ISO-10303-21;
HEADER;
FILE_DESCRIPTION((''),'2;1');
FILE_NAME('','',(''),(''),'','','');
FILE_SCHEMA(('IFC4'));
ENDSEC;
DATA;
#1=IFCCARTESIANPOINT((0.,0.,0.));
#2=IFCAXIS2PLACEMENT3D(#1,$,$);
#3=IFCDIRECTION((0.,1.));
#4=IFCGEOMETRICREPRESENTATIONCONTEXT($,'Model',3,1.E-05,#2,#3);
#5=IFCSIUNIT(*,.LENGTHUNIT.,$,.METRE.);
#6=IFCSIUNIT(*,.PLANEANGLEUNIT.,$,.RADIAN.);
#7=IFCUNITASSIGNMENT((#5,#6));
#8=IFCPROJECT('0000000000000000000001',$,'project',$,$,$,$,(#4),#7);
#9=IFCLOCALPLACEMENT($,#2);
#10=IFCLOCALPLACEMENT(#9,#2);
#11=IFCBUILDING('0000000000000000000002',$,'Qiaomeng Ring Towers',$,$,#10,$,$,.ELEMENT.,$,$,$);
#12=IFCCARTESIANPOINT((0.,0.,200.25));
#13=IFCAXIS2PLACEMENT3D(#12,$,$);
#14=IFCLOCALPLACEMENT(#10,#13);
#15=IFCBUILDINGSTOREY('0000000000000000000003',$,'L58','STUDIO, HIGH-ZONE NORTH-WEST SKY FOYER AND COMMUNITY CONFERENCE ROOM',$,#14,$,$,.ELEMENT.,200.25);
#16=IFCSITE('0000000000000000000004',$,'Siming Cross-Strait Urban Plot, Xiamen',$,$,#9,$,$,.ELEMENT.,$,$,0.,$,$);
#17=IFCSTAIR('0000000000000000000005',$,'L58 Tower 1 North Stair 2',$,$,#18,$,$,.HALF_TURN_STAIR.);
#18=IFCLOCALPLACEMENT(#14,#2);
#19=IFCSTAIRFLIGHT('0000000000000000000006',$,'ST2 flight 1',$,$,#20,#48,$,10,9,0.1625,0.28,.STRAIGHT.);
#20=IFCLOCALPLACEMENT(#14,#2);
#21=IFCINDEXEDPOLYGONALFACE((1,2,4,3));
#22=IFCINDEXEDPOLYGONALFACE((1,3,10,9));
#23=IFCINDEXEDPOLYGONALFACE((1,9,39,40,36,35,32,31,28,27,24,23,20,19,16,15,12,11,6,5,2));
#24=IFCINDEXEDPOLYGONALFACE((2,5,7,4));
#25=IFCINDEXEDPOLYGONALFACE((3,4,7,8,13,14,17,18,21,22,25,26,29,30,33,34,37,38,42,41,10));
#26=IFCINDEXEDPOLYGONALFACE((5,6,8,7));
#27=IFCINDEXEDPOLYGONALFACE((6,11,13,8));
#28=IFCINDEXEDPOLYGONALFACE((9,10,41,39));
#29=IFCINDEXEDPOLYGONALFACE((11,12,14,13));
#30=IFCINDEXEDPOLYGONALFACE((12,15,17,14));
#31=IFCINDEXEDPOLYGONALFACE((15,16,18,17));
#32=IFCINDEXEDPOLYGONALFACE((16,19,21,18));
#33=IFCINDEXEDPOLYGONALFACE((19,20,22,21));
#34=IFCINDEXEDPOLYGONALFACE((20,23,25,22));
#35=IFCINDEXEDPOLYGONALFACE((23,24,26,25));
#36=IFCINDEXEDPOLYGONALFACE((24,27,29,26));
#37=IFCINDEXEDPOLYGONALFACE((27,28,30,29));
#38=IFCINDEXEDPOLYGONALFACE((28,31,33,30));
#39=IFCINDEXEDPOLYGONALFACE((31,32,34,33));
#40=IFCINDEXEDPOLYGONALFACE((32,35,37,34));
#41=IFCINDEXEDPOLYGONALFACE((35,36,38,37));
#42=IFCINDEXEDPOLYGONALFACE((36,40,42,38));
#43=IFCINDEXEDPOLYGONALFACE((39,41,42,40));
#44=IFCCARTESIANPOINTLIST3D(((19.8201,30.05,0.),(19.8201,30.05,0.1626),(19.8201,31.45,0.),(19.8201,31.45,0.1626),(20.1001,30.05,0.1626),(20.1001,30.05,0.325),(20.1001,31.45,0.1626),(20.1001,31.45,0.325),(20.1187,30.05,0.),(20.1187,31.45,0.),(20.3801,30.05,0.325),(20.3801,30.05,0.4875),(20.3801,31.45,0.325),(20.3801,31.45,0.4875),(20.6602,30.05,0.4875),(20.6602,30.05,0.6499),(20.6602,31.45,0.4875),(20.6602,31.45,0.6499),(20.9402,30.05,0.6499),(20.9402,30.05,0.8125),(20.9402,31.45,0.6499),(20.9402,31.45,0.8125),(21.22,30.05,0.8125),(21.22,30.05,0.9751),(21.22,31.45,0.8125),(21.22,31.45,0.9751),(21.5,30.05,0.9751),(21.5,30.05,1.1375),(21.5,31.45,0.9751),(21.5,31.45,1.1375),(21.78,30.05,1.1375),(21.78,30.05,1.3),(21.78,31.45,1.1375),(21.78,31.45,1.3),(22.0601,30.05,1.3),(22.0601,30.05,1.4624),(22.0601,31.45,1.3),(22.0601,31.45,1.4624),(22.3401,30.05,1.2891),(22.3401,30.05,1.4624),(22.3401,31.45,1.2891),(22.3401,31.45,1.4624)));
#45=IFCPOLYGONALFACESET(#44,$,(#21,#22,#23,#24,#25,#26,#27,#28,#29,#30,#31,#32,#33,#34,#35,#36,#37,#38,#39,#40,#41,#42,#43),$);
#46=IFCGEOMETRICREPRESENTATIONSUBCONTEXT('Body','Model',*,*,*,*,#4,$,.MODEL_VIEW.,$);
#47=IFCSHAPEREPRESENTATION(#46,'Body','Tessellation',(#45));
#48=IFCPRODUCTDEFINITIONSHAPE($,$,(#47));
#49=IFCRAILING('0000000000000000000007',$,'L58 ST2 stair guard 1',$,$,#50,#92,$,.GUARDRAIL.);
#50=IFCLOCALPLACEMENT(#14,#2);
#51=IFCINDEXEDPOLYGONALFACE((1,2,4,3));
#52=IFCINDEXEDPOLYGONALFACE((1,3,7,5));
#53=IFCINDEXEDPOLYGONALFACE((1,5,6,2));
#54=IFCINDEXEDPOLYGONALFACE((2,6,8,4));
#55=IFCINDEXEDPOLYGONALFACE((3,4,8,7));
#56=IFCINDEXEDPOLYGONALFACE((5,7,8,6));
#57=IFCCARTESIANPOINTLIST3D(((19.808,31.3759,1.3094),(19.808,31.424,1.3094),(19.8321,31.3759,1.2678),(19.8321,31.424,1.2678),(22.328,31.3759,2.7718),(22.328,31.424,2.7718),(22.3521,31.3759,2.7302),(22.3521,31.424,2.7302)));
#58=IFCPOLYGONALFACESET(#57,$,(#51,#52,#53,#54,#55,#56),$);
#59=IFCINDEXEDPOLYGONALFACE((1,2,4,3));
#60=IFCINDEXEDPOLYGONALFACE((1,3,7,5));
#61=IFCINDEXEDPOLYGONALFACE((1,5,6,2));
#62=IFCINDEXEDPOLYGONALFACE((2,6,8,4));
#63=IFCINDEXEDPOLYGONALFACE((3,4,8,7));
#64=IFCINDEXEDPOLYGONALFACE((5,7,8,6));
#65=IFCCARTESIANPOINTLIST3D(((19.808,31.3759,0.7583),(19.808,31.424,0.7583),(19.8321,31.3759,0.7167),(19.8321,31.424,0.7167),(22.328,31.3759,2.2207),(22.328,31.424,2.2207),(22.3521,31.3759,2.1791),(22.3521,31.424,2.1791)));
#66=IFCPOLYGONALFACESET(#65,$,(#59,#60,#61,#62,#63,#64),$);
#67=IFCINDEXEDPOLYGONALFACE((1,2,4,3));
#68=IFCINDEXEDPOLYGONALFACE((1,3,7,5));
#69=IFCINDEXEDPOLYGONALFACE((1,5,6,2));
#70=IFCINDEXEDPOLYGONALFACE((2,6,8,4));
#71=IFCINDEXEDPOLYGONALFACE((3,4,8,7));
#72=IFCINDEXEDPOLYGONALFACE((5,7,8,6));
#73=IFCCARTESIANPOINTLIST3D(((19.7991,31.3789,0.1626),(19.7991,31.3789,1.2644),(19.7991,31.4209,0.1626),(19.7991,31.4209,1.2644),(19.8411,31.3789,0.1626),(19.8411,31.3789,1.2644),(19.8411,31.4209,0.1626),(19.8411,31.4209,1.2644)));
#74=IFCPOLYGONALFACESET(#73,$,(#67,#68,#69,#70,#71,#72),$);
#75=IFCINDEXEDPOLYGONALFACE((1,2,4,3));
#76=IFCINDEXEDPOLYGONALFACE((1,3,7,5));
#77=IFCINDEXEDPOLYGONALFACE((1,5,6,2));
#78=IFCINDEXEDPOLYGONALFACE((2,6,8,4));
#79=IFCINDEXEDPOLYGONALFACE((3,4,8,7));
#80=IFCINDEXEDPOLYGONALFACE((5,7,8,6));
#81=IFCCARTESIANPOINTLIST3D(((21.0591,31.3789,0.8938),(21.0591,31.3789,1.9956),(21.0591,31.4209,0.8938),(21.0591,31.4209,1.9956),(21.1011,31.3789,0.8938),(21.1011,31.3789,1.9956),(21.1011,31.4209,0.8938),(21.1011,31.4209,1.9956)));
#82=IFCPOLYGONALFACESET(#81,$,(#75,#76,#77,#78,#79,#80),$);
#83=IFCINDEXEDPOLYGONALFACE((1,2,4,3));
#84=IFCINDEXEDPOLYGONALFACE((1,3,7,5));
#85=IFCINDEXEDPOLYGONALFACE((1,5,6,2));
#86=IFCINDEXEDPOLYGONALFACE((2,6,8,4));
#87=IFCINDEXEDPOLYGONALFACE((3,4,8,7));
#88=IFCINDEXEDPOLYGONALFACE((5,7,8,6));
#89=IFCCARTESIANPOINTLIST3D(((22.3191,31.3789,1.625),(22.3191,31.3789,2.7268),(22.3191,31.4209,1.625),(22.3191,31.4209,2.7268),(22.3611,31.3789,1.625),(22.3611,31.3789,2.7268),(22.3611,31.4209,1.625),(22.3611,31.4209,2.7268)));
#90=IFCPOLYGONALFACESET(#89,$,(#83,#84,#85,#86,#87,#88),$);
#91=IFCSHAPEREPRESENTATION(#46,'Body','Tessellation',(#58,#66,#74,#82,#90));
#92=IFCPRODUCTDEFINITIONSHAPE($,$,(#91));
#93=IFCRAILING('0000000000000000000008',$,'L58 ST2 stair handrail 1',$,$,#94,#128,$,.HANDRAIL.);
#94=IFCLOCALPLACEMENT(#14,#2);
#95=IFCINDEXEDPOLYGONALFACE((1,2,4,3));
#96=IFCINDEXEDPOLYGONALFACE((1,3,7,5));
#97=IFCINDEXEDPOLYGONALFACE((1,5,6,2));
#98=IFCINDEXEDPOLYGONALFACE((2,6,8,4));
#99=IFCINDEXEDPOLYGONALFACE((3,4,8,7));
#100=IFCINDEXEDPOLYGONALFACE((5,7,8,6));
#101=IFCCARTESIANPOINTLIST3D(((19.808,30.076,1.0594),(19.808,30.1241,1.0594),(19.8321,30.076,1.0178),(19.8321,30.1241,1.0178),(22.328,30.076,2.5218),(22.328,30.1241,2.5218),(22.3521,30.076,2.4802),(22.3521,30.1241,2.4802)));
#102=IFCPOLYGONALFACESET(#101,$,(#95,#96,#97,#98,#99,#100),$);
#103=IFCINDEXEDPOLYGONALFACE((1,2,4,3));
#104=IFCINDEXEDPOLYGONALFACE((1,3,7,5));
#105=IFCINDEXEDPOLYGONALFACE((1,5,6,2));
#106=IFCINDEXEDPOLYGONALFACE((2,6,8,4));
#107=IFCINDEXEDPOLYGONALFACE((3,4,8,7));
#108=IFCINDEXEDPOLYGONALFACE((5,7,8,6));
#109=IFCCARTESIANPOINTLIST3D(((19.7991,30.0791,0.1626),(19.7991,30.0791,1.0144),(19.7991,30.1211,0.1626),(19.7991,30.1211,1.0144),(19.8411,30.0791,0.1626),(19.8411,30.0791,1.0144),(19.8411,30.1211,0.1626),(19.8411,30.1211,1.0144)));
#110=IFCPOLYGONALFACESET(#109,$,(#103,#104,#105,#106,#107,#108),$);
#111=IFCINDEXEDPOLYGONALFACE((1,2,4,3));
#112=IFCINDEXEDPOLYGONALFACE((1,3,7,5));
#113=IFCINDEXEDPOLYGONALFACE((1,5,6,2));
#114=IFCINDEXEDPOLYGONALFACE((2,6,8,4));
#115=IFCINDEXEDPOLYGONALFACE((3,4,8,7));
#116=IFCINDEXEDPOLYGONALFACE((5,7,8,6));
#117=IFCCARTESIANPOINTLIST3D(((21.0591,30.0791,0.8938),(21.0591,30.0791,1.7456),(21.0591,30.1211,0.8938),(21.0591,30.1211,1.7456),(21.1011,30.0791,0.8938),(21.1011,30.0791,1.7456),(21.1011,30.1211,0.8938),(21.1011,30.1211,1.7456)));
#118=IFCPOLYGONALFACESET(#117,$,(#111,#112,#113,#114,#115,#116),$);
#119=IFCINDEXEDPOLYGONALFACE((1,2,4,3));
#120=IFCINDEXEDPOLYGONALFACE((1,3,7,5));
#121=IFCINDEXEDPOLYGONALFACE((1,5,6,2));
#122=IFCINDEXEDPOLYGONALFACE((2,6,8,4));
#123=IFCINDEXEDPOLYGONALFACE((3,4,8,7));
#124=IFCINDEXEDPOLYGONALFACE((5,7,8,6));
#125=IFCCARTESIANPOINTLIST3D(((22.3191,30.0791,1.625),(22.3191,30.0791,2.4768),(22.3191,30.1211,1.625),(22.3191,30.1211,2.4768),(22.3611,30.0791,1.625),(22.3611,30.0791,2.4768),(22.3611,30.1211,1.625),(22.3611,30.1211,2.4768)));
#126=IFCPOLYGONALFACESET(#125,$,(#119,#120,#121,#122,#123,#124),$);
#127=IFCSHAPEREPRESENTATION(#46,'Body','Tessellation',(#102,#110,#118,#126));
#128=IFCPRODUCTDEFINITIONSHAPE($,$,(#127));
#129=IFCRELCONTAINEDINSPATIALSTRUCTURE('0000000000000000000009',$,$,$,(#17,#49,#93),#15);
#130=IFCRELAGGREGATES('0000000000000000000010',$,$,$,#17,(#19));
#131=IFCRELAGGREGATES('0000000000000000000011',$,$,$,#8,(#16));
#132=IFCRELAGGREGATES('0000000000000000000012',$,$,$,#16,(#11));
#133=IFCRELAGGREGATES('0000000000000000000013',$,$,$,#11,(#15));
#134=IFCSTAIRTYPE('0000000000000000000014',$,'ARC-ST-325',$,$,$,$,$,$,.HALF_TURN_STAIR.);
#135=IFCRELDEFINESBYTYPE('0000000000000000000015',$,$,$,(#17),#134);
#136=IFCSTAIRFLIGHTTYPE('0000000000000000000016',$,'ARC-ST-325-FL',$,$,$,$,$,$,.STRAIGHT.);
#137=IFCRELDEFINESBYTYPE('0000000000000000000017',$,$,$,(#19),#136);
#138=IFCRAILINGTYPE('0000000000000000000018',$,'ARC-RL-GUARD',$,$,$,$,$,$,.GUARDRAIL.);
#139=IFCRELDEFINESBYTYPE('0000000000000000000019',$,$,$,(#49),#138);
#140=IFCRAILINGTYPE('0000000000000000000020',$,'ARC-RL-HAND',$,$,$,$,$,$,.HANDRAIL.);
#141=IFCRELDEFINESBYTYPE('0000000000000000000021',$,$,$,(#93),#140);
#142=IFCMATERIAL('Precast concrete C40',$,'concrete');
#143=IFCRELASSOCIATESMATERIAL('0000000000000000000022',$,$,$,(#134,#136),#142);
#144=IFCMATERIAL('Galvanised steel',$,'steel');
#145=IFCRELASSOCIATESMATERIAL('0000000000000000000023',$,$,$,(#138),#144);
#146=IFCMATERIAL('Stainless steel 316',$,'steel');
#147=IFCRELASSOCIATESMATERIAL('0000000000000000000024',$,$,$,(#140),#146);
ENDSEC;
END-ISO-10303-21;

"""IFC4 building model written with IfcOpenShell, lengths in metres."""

from ifc_helpers import new_model, si_unit, direction, frame, origin, origin_2d, place, context, subcontext, project, spatial, polyline, rectangle, outline, extrude, source, transform, mapped, material, type_object, element, aggregate, save


model = new_model("IFC4")

# Units and contexts
model_context = context("Model", 3, precision=1e-05, world=origin(), true_north=direction((0.0, 1.0)))
body_context = subcontext(model_context, "Body", "Model", "MODEL_VIEW")
ifc_project = project(units=[si_unit("LENGTHUNIT", "METRE"), si_unit("PLANEANGLEUNIT", "RADIAN")], contexts=[model_context])

# Site, building, storey
site_placement = place(None, origin())
site = spatial("IfcSite", under=ifc_project, at=site_placement, Name="Siming Cross-Strait Urban Plot, Xiamen", CompositionType="ELEMENT", RefElevation=0.0)
building_placement = place(site_placement, origin())
building = spatial("IfcBuilding", under=site, at=building_placement, Name="Qiaomeng Ring Towers", CompositionType="ELEMENT")
storey_placement = place(building_placement, frame((0.0, 0.0, 200.25)))
storey = spatial("IfcBuildingStorey", under=building, at=storey_placement, Name="L58", Description="STUDIO, HIGH-ZONE NORTH-WEST SKY FOYER AND COMMUNITY CONFERENCE ROOM", CompositionType="ELEMENT", Elevation=200.25)

# Stair, stair flight
ifc_material_1 = material(Name="Precast concrete C40", Category="concrete")
stair_type = type_object("IfcStairType", Name="ARC-ST-325", PredefinedType="HALF_TURN_STAIR", material=ifc_material_1)
stair_placement = place(storey_placement, origin())
stair = element("IfcStair", 1, at=stair_placement, inside=storey, type_object=stair_type, Name="L58 Tower 1 North Stair 2", PredefinedType="HALF_TURN_STAIR")
stair_flight_type = type_object("IfcStairFlightType", Name="ARC-ST-325-FL", PredefinedType="STRAIGHT", material=ifc_material_1)
shared_shape_1 = source(origin(), body_context, "Body", "SweptSolid", [
    extrude(outline(polyline([(0.0, 0.0), (0.0, 0.1626), (0.28, 0.1626), (0.28, 0.325), (0.5601, 0.325), (0.5601, 0.4875), (0.8401, 0.4875), (0.8401, 0.6499), (1.1201, 0.6499), (1.1201, 0.8125), (1.3999, 0.8125), (1.3999, 0.9751), (1.6799, 0.9751), (1.6799, 1.1375), (1.96, 1.1375), (1.96, 1.3), (2.24, 1.3), (2.24, 1.4624), (2.52, 1.4624), (2.52, 1.625), (2.52, 1.2891), (0.2986, 0.0), (0.0, 0.0)])), frame((0.0, 0.7, 0.0), z_axis=(0.0, -1.0, 0.0), x_axis=(1.0, 0.0, 0.0)), (0.0, 0.0, 1.0), 1.3999),
])
stair_flight_placement = place(storey_placement, frame((19.8201, 30.75, 0.0), z_axis=(0.0, 0.0, 1.0), x_axis=(1.0, 0.0, 0.0)))
stair_flight = element("IfcStairFlight", 2, at=stair_flight_placement, type_object=stair_flight_type, Name="ST2 flight 1", NumberOfRisers=10, NumberOfTreads=9, PredefinedType="STRAIGHT", RiserHeight=0.1625, TreadLength=0.28, context=body_context, shape_type="MappedRepresentation", body=[
    mapped(shared_shape_1, transform((0.0, 0.0, 0.0), x_axis=(1.0, 0.0, 0.0), y_axis=(0.0, 1.0, 0.0), z_axis=(0.0, 0.0, 1.0), scale=1.0)),
])
aggregate(stair, [stair_flight])

# Railings
ifc_material_2 = material(Name="Galvanised steel", Category="steel")
railing_type_1 = type_object("IfcRailingType", Name="ARC-RL-GUARD", PredefinedType="GUARDRAIL", material=ifc_material_2)
railing_1_placement = place(storey_placement, frame((19.8201, 31.3999, 0.1626)))
element("IfcRailing", 3, at=railing_1_placement, inside=storey, type_object=railing_type_1, Name="L58 ST2 stair guard 1", PredefinedType="GUARDRAIL", context=body_context, shape_type="SweptSolid", body=[
    extrude(rectangle(XDim=0.0481, YDim=0.0481, at=origin_2d()), frame((0.0, 0.0, 1.126), z_axis=(0.864913, 0.0, 0.501921), x_axis=(0.0, 1.0, 0.0)), (0.0, 0.0, 1.0), 2.9136),
    extrude(rectangle(XDim=0.0481, YDim=0.0481, at=origin_2d()), frame((0.0, 0.0, 0.575), z_axis=(0.864913, 0.0, 0.501921), x_axis=(0.0, 1.0, 0.0)), (0.0, 0.0, 1.0), 2.9136),
    extrude(rectangle(XDim=0.042, YDim=0.042, at=origin_2d()), origin(), (0.0, 0.0, 1.0), 1.1018),
    extrude(rectangle(XDim=0.042, YDim=0.042, at=origin_2d()), frame((1.26, 0.0, 0.7312)), (0.0, 0.0, 1.0), 1.1018),
    extrude(rectangle(XDim=0.042, YDim=0.042, at=origin_2d()), frame((2.52, 0.0, 1.4624)), (0.0, 0.0, 1.0), 1.1018),
])
ifc_material_3 = material(Name="Stainless steel 316", Category="steel")
railing_type_2 = type_object("IfcRailingType", Name="ARC-RL-HAND", PredefinedType="HANDRAIL", material=ifc_material_3)
railing_2_placement = place(storey_placement, frame((19.8201, 30.1001, 0.1626)))
element("IfcRailing", 4, at=railing_2_placement, inside=storey, type_object=railing_type_2, Name="L58 ST2 stair handrail 1", PredefinedType="HANDRAIL", context=body_context, shape_type="SweptSolid", body=[
    extrude(rectangle(XDim=0.0481, YDim=0.0481, at=origin_2d()), frame((0.0, 0.0, 0.876), z_axis=(0.864913, 0.0, 0.501921), x_axis=(0.0, 1.0, 0.0)), (0.0, 0.0, 1.0), 2.9136),
    extrude(rectangle(XDim=0.042, YDim=0.042, at=origin_2d()), origin(), (0.0, 0.0, 1.0), 0.8518),
    extrude(rectangle(XDim=0.042, YDim=0.042, at=origin_2d()), frame((1.26, 0.0, 0.7312)), (0.0, 0.0, 1.0), 0.8518),
    extrude(rectangle(XDim=0.042, YDim=0.042, at=origin_2d()), frame((2.52, 0.0, 1.4624)), (0.0, 0.0, 1.0), 0.8518),
])

save(model, "model.ifc")
